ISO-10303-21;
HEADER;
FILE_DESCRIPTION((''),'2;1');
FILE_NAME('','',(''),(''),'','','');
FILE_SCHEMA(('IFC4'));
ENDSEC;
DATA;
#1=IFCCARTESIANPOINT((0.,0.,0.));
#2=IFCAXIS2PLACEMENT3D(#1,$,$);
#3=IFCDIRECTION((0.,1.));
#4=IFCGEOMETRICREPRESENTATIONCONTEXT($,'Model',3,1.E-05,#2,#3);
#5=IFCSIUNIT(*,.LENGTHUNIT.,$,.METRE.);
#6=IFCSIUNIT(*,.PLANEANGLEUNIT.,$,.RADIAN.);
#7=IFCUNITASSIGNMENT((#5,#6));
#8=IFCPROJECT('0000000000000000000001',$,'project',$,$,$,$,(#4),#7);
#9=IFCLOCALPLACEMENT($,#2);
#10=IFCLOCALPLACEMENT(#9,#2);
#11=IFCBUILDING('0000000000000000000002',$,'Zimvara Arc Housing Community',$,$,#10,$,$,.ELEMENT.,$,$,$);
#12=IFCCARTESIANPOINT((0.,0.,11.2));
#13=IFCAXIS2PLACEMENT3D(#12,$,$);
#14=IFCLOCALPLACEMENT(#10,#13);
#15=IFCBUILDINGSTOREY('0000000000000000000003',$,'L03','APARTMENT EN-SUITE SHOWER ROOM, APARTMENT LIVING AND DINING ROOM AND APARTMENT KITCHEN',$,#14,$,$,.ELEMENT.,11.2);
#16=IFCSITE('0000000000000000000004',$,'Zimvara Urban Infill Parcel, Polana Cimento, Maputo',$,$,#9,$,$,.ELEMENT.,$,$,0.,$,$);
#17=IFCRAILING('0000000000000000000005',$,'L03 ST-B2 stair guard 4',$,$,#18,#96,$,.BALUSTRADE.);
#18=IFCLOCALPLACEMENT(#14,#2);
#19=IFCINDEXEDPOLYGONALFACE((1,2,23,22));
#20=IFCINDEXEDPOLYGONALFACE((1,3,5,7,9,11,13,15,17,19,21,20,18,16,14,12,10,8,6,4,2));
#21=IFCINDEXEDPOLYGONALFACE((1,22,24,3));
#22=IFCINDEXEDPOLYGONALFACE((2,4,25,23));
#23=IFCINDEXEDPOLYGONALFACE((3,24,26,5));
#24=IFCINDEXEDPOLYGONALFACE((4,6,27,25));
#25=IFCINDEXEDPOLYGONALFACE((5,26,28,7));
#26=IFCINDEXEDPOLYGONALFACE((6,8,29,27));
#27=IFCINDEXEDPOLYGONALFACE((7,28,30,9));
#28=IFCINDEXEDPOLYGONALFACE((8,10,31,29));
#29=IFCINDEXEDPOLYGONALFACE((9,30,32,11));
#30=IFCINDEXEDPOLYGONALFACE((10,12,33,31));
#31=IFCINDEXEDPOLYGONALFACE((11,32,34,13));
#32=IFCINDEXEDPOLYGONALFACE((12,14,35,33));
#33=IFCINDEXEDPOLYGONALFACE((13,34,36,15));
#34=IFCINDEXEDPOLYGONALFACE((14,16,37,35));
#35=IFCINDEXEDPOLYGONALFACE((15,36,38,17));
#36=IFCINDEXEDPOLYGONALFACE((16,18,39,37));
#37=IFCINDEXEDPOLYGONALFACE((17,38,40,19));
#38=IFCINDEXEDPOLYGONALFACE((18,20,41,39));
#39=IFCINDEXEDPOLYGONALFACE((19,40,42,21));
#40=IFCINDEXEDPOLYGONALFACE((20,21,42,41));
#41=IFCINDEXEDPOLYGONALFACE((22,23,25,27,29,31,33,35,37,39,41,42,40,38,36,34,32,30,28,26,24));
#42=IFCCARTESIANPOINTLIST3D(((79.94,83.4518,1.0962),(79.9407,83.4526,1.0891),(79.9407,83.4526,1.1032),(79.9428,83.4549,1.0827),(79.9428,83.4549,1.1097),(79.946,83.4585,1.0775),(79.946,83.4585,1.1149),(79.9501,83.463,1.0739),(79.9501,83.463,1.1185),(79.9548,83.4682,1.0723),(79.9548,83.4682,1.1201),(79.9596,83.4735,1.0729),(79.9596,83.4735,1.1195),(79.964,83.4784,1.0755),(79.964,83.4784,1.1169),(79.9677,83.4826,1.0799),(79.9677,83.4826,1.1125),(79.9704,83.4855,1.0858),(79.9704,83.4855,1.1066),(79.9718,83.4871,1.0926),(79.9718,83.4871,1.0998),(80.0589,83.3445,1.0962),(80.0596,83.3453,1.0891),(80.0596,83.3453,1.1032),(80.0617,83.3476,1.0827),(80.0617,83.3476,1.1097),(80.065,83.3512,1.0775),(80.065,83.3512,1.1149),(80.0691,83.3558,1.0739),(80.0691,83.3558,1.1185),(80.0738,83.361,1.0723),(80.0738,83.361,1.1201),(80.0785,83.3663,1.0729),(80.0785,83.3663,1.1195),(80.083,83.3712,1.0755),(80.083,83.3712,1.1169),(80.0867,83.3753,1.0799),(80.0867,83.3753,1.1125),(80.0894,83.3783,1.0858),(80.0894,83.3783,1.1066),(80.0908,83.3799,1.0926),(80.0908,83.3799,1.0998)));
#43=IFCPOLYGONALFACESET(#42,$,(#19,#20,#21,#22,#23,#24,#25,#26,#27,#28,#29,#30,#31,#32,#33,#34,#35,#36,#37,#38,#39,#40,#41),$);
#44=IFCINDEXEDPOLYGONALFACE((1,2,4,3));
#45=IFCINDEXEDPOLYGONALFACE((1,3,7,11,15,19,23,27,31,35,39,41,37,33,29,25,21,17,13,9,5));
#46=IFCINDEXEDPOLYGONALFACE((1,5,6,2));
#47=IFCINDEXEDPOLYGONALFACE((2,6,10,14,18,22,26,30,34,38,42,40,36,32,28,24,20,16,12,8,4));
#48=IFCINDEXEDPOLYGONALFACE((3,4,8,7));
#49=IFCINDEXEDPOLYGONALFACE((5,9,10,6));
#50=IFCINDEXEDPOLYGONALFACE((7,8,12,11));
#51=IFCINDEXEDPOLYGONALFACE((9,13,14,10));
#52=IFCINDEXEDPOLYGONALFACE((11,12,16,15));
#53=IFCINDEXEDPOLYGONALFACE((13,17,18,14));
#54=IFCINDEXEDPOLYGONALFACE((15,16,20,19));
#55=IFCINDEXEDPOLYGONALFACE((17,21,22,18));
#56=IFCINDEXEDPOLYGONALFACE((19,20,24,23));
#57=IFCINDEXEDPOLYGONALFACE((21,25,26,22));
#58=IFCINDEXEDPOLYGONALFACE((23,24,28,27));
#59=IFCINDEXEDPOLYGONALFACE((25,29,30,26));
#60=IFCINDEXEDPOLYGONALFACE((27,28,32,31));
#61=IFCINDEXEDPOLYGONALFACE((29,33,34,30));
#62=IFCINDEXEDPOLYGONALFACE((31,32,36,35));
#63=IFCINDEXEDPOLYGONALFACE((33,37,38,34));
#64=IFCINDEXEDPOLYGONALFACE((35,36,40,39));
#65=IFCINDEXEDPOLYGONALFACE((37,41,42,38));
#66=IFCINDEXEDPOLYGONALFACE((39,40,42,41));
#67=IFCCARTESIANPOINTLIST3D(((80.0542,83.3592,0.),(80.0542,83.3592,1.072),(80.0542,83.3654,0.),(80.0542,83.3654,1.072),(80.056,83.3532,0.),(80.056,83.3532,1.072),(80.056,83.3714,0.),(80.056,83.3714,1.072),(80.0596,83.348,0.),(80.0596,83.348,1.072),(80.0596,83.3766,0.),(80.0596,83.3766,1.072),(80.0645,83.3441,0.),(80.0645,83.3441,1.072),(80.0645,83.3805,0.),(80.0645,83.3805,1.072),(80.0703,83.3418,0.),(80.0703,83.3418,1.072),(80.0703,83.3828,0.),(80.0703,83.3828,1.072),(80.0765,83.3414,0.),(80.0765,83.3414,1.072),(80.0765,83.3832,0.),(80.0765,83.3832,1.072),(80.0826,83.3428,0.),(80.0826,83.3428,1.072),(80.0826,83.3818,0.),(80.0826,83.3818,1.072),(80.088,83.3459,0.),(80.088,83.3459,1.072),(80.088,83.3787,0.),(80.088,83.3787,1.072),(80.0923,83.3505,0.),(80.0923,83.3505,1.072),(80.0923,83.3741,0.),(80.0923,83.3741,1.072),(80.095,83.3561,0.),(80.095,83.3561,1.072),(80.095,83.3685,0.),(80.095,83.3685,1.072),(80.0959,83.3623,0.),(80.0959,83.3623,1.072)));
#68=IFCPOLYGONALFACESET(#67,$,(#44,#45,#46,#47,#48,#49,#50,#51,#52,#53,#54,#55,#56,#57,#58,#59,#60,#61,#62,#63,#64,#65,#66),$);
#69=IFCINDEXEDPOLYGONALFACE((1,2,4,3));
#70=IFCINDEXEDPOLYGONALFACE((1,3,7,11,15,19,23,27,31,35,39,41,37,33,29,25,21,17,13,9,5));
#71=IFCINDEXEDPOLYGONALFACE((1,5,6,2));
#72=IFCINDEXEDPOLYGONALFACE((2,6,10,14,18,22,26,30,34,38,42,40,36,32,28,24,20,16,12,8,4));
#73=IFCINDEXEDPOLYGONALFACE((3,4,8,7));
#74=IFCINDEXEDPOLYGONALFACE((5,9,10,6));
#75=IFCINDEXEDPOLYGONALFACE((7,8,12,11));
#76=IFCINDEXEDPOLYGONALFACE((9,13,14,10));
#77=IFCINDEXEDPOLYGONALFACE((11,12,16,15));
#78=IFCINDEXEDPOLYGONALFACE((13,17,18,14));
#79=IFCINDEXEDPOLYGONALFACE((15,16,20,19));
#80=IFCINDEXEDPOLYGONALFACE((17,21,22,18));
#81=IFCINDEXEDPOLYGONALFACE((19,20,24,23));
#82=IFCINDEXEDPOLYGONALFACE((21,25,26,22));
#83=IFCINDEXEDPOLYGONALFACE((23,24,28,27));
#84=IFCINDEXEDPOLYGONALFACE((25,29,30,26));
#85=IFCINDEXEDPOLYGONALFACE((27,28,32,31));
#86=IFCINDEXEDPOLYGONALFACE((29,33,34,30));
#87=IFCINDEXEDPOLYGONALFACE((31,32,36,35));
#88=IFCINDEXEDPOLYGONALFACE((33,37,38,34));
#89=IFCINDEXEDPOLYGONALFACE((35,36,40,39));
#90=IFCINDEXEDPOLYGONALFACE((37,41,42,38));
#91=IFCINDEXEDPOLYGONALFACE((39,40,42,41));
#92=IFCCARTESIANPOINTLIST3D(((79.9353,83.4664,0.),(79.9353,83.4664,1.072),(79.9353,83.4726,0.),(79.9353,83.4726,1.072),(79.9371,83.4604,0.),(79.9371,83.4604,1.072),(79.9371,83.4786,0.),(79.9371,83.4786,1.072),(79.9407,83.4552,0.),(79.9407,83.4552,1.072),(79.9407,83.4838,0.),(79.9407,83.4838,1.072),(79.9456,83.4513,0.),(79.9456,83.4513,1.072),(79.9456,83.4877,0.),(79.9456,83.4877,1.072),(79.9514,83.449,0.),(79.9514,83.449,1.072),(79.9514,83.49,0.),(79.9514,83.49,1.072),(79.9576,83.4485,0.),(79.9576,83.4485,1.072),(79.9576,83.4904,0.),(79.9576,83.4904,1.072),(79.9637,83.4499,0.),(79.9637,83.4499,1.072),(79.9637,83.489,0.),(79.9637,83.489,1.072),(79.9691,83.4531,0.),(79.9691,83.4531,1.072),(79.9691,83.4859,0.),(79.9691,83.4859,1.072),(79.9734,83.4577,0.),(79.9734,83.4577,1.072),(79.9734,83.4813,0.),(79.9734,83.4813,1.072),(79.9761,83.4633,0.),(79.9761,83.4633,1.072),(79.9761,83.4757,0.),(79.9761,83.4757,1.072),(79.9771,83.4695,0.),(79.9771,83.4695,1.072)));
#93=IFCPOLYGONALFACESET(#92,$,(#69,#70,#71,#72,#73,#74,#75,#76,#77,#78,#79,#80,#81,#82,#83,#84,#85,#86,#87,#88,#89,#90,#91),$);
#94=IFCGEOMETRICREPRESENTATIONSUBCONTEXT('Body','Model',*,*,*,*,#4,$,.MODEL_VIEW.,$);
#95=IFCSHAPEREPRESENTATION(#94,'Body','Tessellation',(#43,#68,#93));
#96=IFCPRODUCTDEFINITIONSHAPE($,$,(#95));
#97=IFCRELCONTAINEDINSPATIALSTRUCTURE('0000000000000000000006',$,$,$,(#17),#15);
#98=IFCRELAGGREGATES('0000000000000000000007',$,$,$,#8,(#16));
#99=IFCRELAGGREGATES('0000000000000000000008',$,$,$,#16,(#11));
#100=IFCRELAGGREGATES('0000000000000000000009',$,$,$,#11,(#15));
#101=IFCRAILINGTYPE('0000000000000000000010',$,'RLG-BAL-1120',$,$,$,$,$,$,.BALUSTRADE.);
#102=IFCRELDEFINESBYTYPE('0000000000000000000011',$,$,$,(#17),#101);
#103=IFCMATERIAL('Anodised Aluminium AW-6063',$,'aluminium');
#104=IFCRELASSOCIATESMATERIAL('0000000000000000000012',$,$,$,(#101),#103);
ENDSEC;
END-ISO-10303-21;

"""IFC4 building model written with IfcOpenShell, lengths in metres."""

from ifc_helpers import new_model, si_unit, direction, frame, origin, origin_2d, place, context, subcontext, project, spatial, circle, extrude, material, type_object, element, save


model = new_model("IFC4")

# Units and contexts
model_context = context("Model", 3, precision=1e-05, world=origin(), true_north=direction((0.0, 1.0)))
body_context = subcontext(model_context, "Body", "Model", "MODEL_VIEW")
ifc_project = project(units=[si_unit("LENGTHUNIT", "METRE"), si_unit("PLANEANGLEUNIT", "RADIAN")], contexts=[model_context])

# Site, building, storey
site_placement = place(None, origin())
site = spatial("IfcSite", under=ifc_project, at=site_placement, Name="Zimvara Urban Infill Parcel, Polana Cimento, Maputo", CompositionType="ELEMENT", RefElevation=0.0)
building_placement = place(site_placement, origin())
building = spatial("IfcBuilding", under=site, at=building_placement, Name="Zimvara Arc Housing Community", CompositionType="ELEMENT")
storey_placement = place(building_placement, frame((0.0, 0.0, 11.2)))
storey = spatial("IfcBuildingStorey", under=building, at=storey_placement, Name="L03", Description="APARTMENT EN-SUITE SHOWER ROOM, APARTMENT LIVING AND DINING ROOM AND APARTMENT KITCHEN", CompositionType="ELEMENT", Elevation=11.2)

# Railing
ifc_material_1 = material(Name="Anodised Aluminium AW-6063", Category="aluminium")
railing_type_1 = type_object("IfcRailingType", Name="RLG-BAL-1120", PredefinedType="BALUSTRADE", material=ifc_material_1)
railing_1_placement = place(storey_placement, frame((80.075, 83.3623, 0.0)))
element("IfcRailing", 1, at=railing_1_placement, inside=storey, type_object=railing_type_1, Name="L03 ST-B2 stair guard 4", PredefinedType="BALUSTRADE", context=body_context, shape_type="SweptSolid", body=[
    extrude(circle(Radius=0.0239, at=origin_2d()), frame((0.0, 0.0, 1.0962), z_axis=(-0.742763, 0.669554, 0.0), x_axis=(-0.669554, -0.742763, 0.0)), (0.0, 0.0, 1.0), 0.1602),
    extrude(circle(Radius=0.021, at=origin_2d()), origin(), (0.0, 0.0, 1.0), 1.072),
    extrude(circle(Radius=0.021, at=origin_2d()), frame((-0.1189, 0.1072, 0.0)), (0.0, 0.0, 1.0), 1.072),
])

save(model, "model.ifc")
